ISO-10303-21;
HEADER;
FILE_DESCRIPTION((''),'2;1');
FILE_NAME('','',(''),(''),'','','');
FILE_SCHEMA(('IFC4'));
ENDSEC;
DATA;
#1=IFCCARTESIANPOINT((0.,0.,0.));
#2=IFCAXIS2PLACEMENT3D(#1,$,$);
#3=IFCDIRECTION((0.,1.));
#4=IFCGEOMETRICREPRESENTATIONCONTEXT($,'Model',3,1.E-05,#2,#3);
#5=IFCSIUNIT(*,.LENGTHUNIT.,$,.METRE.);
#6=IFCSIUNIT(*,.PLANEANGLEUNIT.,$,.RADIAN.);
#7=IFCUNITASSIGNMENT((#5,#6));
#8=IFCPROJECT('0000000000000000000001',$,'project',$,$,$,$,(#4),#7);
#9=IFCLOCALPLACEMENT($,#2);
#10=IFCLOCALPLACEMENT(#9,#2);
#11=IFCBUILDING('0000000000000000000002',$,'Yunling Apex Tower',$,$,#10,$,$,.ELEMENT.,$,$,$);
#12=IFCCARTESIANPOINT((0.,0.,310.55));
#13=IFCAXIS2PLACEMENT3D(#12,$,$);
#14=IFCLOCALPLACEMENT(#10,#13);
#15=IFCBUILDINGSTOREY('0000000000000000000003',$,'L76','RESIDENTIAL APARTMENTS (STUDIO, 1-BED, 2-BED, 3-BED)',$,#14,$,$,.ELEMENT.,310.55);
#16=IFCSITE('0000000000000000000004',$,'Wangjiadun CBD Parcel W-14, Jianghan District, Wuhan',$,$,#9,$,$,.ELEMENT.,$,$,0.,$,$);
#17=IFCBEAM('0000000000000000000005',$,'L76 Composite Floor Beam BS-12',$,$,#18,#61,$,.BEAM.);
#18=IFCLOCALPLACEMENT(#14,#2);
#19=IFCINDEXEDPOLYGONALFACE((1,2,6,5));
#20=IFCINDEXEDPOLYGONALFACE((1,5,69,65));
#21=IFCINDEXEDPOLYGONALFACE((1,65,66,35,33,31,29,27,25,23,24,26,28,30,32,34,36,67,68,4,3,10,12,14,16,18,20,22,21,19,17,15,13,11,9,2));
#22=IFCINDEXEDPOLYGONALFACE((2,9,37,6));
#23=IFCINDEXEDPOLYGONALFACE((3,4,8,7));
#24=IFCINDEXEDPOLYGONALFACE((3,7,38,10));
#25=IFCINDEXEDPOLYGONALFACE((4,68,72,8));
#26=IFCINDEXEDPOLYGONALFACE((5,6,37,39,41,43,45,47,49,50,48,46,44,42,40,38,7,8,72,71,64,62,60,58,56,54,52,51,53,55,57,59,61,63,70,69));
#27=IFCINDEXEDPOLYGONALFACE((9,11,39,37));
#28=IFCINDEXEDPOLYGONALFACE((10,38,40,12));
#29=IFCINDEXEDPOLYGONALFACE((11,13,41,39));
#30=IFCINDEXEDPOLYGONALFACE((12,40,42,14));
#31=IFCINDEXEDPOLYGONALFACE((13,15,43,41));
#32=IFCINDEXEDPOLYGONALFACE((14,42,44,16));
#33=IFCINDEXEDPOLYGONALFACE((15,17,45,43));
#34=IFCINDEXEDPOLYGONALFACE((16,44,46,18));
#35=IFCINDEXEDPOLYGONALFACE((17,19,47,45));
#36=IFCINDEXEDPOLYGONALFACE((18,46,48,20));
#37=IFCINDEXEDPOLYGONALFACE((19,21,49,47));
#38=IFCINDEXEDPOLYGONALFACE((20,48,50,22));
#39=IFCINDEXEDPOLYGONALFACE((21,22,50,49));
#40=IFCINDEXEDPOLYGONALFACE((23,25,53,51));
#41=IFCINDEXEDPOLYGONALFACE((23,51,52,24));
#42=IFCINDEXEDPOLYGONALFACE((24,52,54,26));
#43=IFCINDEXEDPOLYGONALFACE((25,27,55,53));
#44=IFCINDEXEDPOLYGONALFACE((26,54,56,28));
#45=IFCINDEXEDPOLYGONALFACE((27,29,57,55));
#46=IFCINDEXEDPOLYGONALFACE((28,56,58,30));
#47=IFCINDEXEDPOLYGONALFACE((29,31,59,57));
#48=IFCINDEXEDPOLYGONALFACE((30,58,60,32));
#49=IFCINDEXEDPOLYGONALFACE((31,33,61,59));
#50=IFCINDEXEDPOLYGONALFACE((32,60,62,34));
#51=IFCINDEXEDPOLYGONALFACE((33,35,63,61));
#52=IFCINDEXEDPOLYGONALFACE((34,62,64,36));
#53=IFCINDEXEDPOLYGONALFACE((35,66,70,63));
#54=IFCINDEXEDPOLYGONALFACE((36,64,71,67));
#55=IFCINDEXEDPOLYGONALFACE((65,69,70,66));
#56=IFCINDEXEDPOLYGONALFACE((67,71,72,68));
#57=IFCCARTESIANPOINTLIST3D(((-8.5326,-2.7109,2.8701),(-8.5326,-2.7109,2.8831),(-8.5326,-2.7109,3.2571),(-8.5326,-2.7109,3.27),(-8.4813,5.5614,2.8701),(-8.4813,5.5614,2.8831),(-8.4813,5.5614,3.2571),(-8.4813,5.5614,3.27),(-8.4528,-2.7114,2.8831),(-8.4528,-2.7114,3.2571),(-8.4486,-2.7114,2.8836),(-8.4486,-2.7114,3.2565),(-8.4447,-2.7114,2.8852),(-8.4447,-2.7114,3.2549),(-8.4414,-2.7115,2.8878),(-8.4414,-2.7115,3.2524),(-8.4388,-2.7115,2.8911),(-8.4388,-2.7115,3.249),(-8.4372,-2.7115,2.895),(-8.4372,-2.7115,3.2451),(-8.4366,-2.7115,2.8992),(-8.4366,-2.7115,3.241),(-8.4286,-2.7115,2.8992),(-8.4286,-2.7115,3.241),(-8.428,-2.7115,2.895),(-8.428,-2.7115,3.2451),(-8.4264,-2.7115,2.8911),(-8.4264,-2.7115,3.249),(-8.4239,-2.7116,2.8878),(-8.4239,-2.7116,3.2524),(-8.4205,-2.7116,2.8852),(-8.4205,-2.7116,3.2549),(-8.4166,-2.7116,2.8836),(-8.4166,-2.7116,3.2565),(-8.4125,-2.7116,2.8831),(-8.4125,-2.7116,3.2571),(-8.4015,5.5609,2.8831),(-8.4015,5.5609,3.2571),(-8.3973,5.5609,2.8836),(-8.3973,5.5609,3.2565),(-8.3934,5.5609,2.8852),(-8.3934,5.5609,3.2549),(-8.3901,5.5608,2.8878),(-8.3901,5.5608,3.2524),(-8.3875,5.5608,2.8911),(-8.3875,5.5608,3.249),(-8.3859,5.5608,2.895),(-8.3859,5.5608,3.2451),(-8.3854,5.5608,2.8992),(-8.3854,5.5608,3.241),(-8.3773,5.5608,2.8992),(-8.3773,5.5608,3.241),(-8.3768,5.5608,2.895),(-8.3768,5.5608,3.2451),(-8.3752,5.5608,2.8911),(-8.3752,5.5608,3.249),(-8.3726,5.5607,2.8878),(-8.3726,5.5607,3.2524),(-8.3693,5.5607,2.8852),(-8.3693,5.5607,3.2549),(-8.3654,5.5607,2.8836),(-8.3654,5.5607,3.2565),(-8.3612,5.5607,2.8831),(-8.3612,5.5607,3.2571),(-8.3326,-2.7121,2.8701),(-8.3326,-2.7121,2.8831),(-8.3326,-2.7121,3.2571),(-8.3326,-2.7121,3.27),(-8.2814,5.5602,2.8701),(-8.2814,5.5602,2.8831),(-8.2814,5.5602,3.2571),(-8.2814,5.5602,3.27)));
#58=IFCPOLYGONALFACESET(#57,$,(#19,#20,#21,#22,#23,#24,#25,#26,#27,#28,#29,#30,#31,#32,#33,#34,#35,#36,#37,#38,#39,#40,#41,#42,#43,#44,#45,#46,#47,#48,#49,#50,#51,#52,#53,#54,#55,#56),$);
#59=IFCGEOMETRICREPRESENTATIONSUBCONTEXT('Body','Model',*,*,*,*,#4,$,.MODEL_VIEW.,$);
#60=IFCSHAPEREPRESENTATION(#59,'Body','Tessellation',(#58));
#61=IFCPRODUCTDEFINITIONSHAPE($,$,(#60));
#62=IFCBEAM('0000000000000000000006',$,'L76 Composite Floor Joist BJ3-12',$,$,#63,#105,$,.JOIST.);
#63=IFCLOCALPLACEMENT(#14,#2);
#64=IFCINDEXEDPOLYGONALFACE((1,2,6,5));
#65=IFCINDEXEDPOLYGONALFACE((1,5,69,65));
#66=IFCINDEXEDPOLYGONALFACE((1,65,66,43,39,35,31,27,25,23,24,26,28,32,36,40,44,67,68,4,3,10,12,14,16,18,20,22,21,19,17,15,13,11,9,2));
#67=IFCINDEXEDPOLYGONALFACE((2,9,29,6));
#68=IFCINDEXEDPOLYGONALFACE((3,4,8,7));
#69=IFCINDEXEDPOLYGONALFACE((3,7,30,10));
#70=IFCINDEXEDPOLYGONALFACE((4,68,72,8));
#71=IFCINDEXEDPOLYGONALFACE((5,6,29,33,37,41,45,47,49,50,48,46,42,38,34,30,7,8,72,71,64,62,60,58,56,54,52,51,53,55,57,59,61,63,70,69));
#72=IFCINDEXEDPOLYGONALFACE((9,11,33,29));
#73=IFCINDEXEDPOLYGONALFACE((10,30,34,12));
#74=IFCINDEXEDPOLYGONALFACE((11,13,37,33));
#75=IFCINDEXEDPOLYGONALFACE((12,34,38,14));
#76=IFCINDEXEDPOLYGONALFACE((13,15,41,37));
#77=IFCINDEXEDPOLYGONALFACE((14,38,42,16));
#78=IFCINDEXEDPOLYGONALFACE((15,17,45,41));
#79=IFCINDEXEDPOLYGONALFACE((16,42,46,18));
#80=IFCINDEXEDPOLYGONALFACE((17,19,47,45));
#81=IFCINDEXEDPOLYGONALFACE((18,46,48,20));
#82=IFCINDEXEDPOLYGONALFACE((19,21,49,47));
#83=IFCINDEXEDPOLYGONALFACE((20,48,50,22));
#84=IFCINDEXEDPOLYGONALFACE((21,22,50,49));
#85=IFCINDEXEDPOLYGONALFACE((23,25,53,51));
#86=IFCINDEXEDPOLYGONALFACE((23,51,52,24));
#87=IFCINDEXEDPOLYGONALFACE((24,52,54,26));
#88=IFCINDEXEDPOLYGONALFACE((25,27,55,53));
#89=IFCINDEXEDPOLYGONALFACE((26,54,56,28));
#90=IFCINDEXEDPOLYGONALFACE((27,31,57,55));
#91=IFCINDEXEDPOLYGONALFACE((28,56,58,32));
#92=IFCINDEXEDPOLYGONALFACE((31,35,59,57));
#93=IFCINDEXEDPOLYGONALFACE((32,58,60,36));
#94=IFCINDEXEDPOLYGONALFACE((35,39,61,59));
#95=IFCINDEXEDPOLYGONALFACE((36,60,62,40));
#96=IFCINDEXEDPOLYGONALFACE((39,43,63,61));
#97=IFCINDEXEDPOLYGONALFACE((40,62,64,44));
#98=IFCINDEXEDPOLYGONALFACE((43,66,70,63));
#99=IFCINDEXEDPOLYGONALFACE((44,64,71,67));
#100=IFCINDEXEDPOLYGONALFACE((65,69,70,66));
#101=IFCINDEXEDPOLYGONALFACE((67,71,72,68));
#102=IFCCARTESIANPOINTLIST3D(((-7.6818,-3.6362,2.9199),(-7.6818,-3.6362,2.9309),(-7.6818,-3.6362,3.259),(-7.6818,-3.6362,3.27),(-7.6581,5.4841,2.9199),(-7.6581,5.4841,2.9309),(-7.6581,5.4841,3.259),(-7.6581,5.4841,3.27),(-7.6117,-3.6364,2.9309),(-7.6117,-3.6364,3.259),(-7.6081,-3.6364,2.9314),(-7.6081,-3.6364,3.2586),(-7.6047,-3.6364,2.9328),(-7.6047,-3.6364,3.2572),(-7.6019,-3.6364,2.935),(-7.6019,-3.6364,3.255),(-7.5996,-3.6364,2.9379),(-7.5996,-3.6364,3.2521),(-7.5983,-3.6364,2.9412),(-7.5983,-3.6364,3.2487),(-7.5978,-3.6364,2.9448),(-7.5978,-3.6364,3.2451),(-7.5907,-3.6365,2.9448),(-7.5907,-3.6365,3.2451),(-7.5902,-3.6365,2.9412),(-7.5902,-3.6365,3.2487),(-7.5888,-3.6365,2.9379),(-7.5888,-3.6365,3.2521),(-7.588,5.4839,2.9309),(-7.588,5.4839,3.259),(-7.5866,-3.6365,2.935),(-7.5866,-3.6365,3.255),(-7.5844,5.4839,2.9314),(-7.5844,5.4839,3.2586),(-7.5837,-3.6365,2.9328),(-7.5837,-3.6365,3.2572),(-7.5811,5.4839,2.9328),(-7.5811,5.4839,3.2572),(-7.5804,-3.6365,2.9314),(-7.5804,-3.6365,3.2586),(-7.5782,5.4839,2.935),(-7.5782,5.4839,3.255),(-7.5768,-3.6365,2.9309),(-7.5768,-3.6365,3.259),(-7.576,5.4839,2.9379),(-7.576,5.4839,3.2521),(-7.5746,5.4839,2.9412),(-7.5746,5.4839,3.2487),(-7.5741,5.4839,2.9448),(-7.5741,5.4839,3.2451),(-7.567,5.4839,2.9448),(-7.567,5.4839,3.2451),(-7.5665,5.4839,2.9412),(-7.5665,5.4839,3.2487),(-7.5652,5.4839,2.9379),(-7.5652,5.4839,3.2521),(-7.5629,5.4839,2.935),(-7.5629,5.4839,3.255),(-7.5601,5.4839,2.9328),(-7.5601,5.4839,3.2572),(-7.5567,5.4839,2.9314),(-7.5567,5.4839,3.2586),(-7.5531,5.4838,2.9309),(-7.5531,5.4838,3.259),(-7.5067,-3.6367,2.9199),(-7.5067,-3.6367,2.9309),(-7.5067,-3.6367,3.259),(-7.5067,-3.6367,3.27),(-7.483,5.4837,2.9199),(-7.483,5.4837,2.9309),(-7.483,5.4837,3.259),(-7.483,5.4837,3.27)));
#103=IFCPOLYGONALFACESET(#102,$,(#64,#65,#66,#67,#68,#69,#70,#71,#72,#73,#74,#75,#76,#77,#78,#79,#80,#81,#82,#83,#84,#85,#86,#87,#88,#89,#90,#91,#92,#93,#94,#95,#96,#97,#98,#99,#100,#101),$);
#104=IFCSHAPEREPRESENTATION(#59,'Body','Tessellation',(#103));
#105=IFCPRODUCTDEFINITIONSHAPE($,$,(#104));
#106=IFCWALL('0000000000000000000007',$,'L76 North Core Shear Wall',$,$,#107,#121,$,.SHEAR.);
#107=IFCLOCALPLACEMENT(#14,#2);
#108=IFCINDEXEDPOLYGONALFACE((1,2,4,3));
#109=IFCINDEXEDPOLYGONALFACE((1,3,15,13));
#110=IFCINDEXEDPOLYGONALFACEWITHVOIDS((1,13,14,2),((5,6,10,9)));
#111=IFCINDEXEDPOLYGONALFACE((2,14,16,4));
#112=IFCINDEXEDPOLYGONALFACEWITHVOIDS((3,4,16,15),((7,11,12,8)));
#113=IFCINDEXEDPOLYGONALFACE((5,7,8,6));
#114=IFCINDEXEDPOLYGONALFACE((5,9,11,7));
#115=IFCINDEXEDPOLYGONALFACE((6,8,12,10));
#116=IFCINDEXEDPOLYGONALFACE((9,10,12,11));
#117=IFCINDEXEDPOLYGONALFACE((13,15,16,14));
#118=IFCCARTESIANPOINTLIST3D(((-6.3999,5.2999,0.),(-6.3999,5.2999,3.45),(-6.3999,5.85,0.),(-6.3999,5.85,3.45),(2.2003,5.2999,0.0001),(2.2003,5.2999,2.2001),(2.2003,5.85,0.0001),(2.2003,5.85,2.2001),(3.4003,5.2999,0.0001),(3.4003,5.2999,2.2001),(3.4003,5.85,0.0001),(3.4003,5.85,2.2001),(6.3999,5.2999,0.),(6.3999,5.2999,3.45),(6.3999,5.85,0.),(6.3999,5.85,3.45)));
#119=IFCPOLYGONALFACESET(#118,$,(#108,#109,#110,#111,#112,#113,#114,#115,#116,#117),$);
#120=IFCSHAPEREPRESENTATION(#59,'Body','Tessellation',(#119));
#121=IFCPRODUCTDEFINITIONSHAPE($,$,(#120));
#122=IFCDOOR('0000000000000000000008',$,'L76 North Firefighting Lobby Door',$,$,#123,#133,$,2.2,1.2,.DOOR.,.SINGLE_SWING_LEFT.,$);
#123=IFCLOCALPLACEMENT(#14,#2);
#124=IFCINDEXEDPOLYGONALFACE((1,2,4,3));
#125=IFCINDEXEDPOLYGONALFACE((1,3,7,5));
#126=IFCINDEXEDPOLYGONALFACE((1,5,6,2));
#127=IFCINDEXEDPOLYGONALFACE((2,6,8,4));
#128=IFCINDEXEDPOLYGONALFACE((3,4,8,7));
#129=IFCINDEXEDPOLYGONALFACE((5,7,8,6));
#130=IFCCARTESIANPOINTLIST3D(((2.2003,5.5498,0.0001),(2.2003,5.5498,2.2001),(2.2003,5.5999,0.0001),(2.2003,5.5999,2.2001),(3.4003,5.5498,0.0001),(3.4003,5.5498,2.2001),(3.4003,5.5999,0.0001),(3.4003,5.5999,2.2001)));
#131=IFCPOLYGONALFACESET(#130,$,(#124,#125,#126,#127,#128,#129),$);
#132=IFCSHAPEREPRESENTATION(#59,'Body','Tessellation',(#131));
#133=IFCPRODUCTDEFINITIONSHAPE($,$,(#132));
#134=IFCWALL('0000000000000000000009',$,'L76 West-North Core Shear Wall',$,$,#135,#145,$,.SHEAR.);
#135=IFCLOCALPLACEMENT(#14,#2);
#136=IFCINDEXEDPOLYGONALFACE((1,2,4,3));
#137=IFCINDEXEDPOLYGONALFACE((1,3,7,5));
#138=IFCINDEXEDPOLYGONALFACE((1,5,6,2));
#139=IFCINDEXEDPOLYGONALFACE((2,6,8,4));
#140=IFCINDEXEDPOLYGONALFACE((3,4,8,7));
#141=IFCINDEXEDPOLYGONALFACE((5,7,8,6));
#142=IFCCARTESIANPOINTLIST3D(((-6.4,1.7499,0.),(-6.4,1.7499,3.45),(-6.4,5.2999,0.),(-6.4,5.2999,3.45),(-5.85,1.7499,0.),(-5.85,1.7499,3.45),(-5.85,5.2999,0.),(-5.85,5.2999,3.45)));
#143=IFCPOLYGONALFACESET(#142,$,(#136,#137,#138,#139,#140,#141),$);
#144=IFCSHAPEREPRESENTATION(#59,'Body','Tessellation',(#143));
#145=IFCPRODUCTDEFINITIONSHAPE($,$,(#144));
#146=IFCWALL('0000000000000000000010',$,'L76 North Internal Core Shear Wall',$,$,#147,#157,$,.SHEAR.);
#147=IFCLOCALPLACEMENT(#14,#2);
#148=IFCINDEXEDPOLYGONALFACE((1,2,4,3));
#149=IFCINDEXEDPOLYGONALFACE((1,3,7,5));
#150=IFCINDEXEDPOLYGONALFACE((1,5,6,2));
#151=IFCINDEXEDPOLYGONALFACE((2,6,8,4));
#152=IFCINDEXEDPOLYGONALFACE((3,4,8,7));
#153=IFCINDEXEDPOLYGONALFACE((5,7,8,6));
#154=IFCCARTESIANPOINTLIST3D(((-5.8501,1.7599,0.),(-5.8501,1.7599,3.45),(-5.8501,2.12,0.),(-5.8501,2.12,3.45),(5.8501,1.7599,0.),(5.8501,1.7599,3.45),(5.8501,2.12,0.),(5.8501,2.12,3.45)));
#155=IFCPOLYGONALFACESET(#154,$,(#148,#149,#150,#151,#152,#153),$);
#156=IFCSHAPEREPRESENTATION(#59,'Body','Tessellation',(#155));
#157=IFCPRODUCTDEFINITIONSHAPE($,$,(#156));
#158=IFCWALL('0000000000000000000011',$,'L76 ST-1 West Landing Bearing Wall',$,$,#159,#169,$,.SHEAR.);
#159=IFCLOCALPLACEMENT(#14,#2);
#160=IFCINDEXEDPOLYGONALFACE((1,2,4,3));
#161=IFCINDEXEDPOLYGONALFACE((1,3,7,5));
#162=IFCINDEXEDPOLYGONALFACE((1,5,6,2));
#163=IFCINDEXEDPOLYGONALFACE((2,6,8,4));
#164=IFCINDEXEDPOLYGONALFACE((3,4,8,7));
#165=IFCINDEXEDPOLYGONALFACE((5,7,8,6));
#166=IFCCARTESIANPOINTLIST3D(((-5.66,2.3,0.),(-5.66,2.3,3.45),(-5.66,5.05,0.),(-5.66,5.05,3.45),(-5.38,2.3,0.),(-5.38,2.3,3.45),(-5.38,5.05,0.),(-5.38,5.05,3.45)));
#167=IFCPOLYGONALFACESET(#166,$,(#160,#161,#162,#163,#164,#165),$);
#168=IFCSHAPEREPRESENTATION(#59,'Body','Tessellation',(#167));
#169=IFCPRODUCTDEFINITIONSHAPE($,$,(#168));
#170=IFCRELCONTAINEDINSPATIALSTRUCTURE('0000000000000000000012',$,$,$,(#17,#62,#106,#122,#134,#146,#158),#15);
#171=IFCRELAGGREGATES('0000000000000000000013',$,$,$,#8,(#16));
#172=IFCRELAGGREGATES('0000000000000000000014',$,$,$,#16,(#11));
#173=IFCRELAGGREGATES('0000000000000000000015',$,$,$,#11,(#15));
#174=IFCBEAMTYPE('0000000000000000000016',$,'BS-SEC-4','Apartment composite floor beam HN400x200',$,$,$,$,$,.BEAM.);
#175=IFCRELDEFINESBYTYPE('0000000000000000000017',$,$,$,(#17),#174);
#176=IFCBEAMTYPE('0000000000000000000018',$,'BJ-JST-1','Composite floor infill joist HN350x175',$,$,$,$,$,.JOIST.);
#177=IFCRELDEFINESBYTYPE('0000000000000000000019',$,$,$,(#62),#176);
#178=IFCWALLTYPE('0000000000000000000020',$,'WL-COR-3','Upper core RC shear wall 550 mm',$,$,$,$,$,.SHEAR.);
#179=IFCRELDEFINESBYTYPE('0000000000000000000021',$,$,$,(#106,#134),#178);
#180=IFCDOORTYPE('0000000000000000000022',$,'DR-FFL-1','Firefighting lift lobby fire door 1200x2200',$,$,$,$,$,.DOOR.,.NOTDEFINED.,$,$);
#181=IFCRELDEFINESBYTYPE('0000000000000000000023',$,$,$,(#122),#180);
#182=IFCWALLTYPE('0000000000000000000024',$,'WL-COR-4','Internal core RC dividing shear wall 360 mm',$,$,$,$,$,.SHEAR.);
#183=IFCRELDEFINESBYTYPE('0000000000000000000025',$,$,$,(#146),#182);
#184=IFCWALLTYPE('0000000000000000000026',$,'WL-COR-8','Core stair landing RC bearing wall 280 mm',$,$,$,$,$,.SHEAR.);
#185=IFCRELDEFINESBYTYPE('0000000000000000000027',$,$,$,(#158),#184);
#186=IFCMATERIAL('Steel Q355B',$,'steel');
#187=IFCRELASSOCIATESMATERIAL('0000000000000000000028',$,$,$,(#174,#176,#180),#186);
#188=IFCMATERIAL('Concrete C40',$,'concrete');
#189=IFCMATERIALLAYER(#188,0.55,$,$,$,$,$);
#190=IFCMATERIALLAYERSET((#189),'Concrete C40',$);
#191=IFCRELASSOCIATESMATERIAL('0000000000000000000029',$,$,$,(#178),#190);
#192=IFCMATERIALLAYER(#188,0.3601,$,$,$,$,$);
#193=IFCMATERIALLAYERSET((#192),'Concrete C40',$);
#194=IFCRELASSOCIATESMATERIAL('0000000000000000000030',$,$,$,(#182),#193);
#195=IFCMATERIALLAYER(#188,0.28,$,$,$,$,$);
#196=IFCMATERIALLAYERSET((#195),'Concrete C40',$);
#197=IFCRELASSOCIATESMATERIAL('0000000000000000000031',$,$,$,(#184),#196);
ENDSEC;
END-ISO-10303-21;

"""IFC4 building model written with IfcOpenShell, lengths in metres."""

from ifc_helpers import new_model, si_unit, direction, frame, frame_2d, origin, origin_2d, place, context, subcontext, project, spatial, rectangle, i_section, extrude, source, transform, mapped, material, layer, layer_set, material_profile, profile_set, type_object, element, fill, save


model = new_model("IFC4")

# Units and contexts
model_context = context("Model", 3, precision=1e-05, world=origin(), true_north=direction((0.0, 1.0)))
body_context = subcontext(model_context, "Body", "Model", "MODEL_VIEW")
ifc_project = project(units=[si_unit("LENGTHUNIT", "METRE"), si_unit("PLANEANGLEUNIT", "RADIAN")], contexts=[model_context])

# Site, building, storey
site_placement = place(None, origin())
site = spatial("IfcSite", under=ifc_project, at=site_placement, Name="Wangjiadun CBD Parcel W-14, Jianghan District, Wuhan", CompositionType="ELEMENT", RefElevation=0.0)
building_placement = place(site_placement, origin())
building = spatial("IfcBuilding", under=site, at=building_placement, Name="Yunling Apex Tower", CompositionType="ELEMENT")
storey_placement = place(building_placement, frame((0.0, 0.0, 310.55)))
storey = spatial("IfcBuildingStorey", under=building, at=storey_placement, Name="L76", Description="RESIDENTIAL APARTMENTS (STUDIO, 1-BED, 2-BED, 3-BED)", CompositionType="ELEMENT", Elevation=310.55)

# Beams
ifc_material_1 = material(Name="Steel Q355B", Category="steel")
ifc_material_profile_1 = material_profile(ifc_material_1, i_section(OverallWidth=0.2, OverallDepth=0.3999, WebThickness=0.0081, FlangeThickness=0.0129, FilletRadius=0.0161, at=origin_2d()))
ifc_profile_set_1 = profile_set([ifc_material_profile_1], Name="Steel Q355B")
beam_type_1 = type_object("IfcBeamType", Name="BS-SEC-4", Description="Apartment composite floor beam HN400x200", PredefinedType="BEAM", material=ifc_profile_set_1)
shared_shape_1 = source(origin(), body_context, "Body", "SweptSolid", [
    extrude(i_section(OverallWidth=0.2, OverallDepth=0.3999, WebThickness=0.0081, FlangeThickness=0.0129, FilletRadius=0.0161, at=origin_2d()), origin(), (0.0, 0.0, 1.0), 8.2725),
])
beam_1_placement = place(storey_placement, frame((-8.3813, 5.5608, 3.0701), z_axis=(-0.006198, -0.999981, 0.0), x_axis=(0.999981, -0.006198, 0.0)))
element("IfcBeam", 1, at=beam_1_placement, inside=storey, type_object=beam_type_1, Name="L76 Composite Floor Beam BS-12", PredefinedType="BEAM", context=body_context, shape_type="MappedRepresentation", body=[
    mapped(shared_shape_1, transform((0.0, 0.0, 0.0), scale=1.0)),
])
ifc_material_profile_2 = material_profile(ifc_material_1, i_section(OverallWidth=0.175, OverallDepth=0.3501, WebThickness=0.0071, FlangeThickness=0.011, FilletRadius=0.0139, at=origin_2d()))
ifc_profile_set_2 = profile_set([ifc_material_profile_2], Name="Steel Q355B")
beam_type_2 = type_object("IfcBeamType", Name="BJ-JST-1", Description="Composite floor infill joist HN350x175", PredefinedType="JOIST", material=ifc_profile_set_2)
shared_shape_2 = source(origin(), body_context, "Body", "SweptSolid", [
    extrude(i_section(OverallWidth=0.175, OverallDepth=0.3501, WebThickness=0.0071, FlangeThickness=0.011, FilletRadius=0.0139, at=origin_2d()), origin(), (0.0, 0.0, 1.0), 9.1204),
])
beam_2_placement = place(storey_placement, frame((-7.5706, 5.4839, 3.095), z_axis=(-0.002597, -0.999997, 0.0), x_axis=(0.999997, -0.002597, 0.0)))
element("IfcBeam", 2, at=beam_2_placement, inside=storey, type_object=beam_type_2, Name="L76 Composite Floor Joist BJ3-12", PredefinedType="JOIST", context=body_context, shape_type="MappedRepresentation", body=[
    mapped(shared_shape_2, transform((0.0, 0.0, 0.0), scale=1.0)),
])

# Wall, opening, door
ifc_material_2 = material(Name="Concrete C40", Category="concrete")
ifc_layer_1 = layer(ifc_material_2, 0.55)
ifc_layer_set_1 = layer_set([ifc_layer_1], Name="Concrete C40")
wall_type_1 = type_object("IfcWallType", Name="WL-COR-3", Description="Upper core RC shear wall 550 mm", PredefinedType="SHEAR", material=ifc_layer_set_1)
wall_1_placement = place(storey_placement, frame((-6.3999, 5.575, 0.0), z_axis=(0.0, 0.0, 1.0), x_axis=(1.0, 0.0, 0.0)))
wall_1 = element("IfcWall", 3, at=wall_1_placement, inside=storey, type_object=wall_type_1, Name="L76 North Core Shear Wall", PredefinedType="SHEAR", context=body_context, shape_type="SweptSolid", body=[
    extrude(rectangle(XDim=12.7998, YDim=0.55, at=frame_2d((6.3999, 0.0))), origin(), (0.0, 0.0, 1.0), 3.45),
])
opening_1_placement = place(wall_1_placement, frame((8.6001, 0.0, 0.0)))
opening_1 = element("IfcOpeningElement", 4, at=opening_1_placement, cuts=wall_1, PredefinedType="OPENING", context=body_context, shape_type="SweptSolid", body=[
    extrude(rectangle(XDim=1.2, YDim=2.2, at=frame_2d((0.6001, 1.1001))), frame((0.0, 0.2852, 0.0), z_axis=(0.0, -1.0, 0.0), x_axis=(1.0, 0.0, 0.0)), (0.0, 0.0, 1.0), 0.5701),
])
door_type_1 = type_object("IfcDoorType", Name="DR-FFL-1", Description="Firefighting lift lobby fire door 1200x2200", OperationType="NOTDEFINED", PredefinedType="DOOR", material=ifc_material_1)
door_1_placement = place(opening_1_placement, origin())
door_1 = element("IfcDoor", 5, at=door_1_placement, inside=storey, type_object=door_type_1, Name="L76 North Firefighting Lobby Door", OperationType="SINGLE_SWING_LEFT", OverallHeight=2.2, OverallWidth=1.2, PredefinedType="DOOR", context=body_context, shape_type="SweptSolid", body=[
    extrude(rectangle(XDim=1.2, YDim=2.2, at=frame_2d((0.6001, 1.1001))), frame((0.0, 0.0249, 0.0), z_axis=(0.0, -1.0, 0.0), x_axis=(1.0, 0.0, 0.0)), (0.0, 0.0, 1.0), 0.05),
])
fill(opening_1, door_1)

# Walls
wall_2_placement = place(storey_placement, frame((-6.125, 1.75, 0.0), z_axis=(0.0, 0.0, 1.0), x_axis=(0.0, 1.0, 0.0)))
element("IfcWall", 6, at=wall_2_placement, inside=storey, type_object=wall_type_1, Name="L76 West-North Core Shear Wall", PredefinedType="SHEAR", context=body_context, shape_type="SweptSolid", body=[
    extrude(rectangle(XDim=3.55, YDim=0.55, at=frame_2d((1.7749, 0.0))), origin(), (0.0, 0.0, 1.0), 3.45),
])
ifc_layer_2 = layer(ifc_material_2, 0.3601)
ifc_layer_set_2 = layer_set([ifc_layer_2], Name="Concrete C40")
wall_type_2 = type_object("IfcWallType", Name="WL-COR-4", Description="Internal core RC dividing shear wall 360 mm", PredefinedType="SHEAR", material=ifc_layer_set_2)
wall_3_placement = place(storey_placement, frame((-5.8501, 1.9399, 0.0), z_axis=(0.0, 0.0, 1.0), x_axis=(1.0, 0.0, 0.0)))
element("IfcWall", 7, at=wall_3_placement, inside=storey, type_object=wall_type_2, Name="L76 North Internal Core Shear Wall", PredefinedType="SHEAR", context=body_context, shape_type="SweptSolid", body=[
    extrude(rectangle(XDim=11.7002, YDim=0.3601, at=frame_2d((5.8501, 0.0))), origin(), (0.0, 0.0, 1.0), 3.45),
])
ifc_layer_3 = layer(ifc_material_2, 0.28)
ifc_layer_set_3 = layer_set([ifc_layer_3], Name="Concrete C40")
wall_type_3 = type_object("IfcWallType", Name="WL-COR-8", Description="Core stair landing RC bearing wall 280 mm", PredefinedType="SHEAR", material=ifc_layer_set_3)
wall_4_placement = place(storey_placement, frame((-5.52, 2.3, 0.0), z_axis=(0.0, 0.0, 1.0), x_axis=(0.0, 1.0, 0.0)))
element("IfcWall", 8, at=wall_4_placement, inside=storey, type_object=wall_type_3, Name="L76 ST-1 West Landing Bearing Wall", PredefinedType="SHEAR", context=body_context, shape_type="SweptSolid", body=[
    extrude(rectangle(XDim=2.75, YDim=0.28, at=frame_2d((1.375, 0.0))), origin(), (0.0, 0.0, 1.0), 3.45),
])

save(model, "model.ifc")
